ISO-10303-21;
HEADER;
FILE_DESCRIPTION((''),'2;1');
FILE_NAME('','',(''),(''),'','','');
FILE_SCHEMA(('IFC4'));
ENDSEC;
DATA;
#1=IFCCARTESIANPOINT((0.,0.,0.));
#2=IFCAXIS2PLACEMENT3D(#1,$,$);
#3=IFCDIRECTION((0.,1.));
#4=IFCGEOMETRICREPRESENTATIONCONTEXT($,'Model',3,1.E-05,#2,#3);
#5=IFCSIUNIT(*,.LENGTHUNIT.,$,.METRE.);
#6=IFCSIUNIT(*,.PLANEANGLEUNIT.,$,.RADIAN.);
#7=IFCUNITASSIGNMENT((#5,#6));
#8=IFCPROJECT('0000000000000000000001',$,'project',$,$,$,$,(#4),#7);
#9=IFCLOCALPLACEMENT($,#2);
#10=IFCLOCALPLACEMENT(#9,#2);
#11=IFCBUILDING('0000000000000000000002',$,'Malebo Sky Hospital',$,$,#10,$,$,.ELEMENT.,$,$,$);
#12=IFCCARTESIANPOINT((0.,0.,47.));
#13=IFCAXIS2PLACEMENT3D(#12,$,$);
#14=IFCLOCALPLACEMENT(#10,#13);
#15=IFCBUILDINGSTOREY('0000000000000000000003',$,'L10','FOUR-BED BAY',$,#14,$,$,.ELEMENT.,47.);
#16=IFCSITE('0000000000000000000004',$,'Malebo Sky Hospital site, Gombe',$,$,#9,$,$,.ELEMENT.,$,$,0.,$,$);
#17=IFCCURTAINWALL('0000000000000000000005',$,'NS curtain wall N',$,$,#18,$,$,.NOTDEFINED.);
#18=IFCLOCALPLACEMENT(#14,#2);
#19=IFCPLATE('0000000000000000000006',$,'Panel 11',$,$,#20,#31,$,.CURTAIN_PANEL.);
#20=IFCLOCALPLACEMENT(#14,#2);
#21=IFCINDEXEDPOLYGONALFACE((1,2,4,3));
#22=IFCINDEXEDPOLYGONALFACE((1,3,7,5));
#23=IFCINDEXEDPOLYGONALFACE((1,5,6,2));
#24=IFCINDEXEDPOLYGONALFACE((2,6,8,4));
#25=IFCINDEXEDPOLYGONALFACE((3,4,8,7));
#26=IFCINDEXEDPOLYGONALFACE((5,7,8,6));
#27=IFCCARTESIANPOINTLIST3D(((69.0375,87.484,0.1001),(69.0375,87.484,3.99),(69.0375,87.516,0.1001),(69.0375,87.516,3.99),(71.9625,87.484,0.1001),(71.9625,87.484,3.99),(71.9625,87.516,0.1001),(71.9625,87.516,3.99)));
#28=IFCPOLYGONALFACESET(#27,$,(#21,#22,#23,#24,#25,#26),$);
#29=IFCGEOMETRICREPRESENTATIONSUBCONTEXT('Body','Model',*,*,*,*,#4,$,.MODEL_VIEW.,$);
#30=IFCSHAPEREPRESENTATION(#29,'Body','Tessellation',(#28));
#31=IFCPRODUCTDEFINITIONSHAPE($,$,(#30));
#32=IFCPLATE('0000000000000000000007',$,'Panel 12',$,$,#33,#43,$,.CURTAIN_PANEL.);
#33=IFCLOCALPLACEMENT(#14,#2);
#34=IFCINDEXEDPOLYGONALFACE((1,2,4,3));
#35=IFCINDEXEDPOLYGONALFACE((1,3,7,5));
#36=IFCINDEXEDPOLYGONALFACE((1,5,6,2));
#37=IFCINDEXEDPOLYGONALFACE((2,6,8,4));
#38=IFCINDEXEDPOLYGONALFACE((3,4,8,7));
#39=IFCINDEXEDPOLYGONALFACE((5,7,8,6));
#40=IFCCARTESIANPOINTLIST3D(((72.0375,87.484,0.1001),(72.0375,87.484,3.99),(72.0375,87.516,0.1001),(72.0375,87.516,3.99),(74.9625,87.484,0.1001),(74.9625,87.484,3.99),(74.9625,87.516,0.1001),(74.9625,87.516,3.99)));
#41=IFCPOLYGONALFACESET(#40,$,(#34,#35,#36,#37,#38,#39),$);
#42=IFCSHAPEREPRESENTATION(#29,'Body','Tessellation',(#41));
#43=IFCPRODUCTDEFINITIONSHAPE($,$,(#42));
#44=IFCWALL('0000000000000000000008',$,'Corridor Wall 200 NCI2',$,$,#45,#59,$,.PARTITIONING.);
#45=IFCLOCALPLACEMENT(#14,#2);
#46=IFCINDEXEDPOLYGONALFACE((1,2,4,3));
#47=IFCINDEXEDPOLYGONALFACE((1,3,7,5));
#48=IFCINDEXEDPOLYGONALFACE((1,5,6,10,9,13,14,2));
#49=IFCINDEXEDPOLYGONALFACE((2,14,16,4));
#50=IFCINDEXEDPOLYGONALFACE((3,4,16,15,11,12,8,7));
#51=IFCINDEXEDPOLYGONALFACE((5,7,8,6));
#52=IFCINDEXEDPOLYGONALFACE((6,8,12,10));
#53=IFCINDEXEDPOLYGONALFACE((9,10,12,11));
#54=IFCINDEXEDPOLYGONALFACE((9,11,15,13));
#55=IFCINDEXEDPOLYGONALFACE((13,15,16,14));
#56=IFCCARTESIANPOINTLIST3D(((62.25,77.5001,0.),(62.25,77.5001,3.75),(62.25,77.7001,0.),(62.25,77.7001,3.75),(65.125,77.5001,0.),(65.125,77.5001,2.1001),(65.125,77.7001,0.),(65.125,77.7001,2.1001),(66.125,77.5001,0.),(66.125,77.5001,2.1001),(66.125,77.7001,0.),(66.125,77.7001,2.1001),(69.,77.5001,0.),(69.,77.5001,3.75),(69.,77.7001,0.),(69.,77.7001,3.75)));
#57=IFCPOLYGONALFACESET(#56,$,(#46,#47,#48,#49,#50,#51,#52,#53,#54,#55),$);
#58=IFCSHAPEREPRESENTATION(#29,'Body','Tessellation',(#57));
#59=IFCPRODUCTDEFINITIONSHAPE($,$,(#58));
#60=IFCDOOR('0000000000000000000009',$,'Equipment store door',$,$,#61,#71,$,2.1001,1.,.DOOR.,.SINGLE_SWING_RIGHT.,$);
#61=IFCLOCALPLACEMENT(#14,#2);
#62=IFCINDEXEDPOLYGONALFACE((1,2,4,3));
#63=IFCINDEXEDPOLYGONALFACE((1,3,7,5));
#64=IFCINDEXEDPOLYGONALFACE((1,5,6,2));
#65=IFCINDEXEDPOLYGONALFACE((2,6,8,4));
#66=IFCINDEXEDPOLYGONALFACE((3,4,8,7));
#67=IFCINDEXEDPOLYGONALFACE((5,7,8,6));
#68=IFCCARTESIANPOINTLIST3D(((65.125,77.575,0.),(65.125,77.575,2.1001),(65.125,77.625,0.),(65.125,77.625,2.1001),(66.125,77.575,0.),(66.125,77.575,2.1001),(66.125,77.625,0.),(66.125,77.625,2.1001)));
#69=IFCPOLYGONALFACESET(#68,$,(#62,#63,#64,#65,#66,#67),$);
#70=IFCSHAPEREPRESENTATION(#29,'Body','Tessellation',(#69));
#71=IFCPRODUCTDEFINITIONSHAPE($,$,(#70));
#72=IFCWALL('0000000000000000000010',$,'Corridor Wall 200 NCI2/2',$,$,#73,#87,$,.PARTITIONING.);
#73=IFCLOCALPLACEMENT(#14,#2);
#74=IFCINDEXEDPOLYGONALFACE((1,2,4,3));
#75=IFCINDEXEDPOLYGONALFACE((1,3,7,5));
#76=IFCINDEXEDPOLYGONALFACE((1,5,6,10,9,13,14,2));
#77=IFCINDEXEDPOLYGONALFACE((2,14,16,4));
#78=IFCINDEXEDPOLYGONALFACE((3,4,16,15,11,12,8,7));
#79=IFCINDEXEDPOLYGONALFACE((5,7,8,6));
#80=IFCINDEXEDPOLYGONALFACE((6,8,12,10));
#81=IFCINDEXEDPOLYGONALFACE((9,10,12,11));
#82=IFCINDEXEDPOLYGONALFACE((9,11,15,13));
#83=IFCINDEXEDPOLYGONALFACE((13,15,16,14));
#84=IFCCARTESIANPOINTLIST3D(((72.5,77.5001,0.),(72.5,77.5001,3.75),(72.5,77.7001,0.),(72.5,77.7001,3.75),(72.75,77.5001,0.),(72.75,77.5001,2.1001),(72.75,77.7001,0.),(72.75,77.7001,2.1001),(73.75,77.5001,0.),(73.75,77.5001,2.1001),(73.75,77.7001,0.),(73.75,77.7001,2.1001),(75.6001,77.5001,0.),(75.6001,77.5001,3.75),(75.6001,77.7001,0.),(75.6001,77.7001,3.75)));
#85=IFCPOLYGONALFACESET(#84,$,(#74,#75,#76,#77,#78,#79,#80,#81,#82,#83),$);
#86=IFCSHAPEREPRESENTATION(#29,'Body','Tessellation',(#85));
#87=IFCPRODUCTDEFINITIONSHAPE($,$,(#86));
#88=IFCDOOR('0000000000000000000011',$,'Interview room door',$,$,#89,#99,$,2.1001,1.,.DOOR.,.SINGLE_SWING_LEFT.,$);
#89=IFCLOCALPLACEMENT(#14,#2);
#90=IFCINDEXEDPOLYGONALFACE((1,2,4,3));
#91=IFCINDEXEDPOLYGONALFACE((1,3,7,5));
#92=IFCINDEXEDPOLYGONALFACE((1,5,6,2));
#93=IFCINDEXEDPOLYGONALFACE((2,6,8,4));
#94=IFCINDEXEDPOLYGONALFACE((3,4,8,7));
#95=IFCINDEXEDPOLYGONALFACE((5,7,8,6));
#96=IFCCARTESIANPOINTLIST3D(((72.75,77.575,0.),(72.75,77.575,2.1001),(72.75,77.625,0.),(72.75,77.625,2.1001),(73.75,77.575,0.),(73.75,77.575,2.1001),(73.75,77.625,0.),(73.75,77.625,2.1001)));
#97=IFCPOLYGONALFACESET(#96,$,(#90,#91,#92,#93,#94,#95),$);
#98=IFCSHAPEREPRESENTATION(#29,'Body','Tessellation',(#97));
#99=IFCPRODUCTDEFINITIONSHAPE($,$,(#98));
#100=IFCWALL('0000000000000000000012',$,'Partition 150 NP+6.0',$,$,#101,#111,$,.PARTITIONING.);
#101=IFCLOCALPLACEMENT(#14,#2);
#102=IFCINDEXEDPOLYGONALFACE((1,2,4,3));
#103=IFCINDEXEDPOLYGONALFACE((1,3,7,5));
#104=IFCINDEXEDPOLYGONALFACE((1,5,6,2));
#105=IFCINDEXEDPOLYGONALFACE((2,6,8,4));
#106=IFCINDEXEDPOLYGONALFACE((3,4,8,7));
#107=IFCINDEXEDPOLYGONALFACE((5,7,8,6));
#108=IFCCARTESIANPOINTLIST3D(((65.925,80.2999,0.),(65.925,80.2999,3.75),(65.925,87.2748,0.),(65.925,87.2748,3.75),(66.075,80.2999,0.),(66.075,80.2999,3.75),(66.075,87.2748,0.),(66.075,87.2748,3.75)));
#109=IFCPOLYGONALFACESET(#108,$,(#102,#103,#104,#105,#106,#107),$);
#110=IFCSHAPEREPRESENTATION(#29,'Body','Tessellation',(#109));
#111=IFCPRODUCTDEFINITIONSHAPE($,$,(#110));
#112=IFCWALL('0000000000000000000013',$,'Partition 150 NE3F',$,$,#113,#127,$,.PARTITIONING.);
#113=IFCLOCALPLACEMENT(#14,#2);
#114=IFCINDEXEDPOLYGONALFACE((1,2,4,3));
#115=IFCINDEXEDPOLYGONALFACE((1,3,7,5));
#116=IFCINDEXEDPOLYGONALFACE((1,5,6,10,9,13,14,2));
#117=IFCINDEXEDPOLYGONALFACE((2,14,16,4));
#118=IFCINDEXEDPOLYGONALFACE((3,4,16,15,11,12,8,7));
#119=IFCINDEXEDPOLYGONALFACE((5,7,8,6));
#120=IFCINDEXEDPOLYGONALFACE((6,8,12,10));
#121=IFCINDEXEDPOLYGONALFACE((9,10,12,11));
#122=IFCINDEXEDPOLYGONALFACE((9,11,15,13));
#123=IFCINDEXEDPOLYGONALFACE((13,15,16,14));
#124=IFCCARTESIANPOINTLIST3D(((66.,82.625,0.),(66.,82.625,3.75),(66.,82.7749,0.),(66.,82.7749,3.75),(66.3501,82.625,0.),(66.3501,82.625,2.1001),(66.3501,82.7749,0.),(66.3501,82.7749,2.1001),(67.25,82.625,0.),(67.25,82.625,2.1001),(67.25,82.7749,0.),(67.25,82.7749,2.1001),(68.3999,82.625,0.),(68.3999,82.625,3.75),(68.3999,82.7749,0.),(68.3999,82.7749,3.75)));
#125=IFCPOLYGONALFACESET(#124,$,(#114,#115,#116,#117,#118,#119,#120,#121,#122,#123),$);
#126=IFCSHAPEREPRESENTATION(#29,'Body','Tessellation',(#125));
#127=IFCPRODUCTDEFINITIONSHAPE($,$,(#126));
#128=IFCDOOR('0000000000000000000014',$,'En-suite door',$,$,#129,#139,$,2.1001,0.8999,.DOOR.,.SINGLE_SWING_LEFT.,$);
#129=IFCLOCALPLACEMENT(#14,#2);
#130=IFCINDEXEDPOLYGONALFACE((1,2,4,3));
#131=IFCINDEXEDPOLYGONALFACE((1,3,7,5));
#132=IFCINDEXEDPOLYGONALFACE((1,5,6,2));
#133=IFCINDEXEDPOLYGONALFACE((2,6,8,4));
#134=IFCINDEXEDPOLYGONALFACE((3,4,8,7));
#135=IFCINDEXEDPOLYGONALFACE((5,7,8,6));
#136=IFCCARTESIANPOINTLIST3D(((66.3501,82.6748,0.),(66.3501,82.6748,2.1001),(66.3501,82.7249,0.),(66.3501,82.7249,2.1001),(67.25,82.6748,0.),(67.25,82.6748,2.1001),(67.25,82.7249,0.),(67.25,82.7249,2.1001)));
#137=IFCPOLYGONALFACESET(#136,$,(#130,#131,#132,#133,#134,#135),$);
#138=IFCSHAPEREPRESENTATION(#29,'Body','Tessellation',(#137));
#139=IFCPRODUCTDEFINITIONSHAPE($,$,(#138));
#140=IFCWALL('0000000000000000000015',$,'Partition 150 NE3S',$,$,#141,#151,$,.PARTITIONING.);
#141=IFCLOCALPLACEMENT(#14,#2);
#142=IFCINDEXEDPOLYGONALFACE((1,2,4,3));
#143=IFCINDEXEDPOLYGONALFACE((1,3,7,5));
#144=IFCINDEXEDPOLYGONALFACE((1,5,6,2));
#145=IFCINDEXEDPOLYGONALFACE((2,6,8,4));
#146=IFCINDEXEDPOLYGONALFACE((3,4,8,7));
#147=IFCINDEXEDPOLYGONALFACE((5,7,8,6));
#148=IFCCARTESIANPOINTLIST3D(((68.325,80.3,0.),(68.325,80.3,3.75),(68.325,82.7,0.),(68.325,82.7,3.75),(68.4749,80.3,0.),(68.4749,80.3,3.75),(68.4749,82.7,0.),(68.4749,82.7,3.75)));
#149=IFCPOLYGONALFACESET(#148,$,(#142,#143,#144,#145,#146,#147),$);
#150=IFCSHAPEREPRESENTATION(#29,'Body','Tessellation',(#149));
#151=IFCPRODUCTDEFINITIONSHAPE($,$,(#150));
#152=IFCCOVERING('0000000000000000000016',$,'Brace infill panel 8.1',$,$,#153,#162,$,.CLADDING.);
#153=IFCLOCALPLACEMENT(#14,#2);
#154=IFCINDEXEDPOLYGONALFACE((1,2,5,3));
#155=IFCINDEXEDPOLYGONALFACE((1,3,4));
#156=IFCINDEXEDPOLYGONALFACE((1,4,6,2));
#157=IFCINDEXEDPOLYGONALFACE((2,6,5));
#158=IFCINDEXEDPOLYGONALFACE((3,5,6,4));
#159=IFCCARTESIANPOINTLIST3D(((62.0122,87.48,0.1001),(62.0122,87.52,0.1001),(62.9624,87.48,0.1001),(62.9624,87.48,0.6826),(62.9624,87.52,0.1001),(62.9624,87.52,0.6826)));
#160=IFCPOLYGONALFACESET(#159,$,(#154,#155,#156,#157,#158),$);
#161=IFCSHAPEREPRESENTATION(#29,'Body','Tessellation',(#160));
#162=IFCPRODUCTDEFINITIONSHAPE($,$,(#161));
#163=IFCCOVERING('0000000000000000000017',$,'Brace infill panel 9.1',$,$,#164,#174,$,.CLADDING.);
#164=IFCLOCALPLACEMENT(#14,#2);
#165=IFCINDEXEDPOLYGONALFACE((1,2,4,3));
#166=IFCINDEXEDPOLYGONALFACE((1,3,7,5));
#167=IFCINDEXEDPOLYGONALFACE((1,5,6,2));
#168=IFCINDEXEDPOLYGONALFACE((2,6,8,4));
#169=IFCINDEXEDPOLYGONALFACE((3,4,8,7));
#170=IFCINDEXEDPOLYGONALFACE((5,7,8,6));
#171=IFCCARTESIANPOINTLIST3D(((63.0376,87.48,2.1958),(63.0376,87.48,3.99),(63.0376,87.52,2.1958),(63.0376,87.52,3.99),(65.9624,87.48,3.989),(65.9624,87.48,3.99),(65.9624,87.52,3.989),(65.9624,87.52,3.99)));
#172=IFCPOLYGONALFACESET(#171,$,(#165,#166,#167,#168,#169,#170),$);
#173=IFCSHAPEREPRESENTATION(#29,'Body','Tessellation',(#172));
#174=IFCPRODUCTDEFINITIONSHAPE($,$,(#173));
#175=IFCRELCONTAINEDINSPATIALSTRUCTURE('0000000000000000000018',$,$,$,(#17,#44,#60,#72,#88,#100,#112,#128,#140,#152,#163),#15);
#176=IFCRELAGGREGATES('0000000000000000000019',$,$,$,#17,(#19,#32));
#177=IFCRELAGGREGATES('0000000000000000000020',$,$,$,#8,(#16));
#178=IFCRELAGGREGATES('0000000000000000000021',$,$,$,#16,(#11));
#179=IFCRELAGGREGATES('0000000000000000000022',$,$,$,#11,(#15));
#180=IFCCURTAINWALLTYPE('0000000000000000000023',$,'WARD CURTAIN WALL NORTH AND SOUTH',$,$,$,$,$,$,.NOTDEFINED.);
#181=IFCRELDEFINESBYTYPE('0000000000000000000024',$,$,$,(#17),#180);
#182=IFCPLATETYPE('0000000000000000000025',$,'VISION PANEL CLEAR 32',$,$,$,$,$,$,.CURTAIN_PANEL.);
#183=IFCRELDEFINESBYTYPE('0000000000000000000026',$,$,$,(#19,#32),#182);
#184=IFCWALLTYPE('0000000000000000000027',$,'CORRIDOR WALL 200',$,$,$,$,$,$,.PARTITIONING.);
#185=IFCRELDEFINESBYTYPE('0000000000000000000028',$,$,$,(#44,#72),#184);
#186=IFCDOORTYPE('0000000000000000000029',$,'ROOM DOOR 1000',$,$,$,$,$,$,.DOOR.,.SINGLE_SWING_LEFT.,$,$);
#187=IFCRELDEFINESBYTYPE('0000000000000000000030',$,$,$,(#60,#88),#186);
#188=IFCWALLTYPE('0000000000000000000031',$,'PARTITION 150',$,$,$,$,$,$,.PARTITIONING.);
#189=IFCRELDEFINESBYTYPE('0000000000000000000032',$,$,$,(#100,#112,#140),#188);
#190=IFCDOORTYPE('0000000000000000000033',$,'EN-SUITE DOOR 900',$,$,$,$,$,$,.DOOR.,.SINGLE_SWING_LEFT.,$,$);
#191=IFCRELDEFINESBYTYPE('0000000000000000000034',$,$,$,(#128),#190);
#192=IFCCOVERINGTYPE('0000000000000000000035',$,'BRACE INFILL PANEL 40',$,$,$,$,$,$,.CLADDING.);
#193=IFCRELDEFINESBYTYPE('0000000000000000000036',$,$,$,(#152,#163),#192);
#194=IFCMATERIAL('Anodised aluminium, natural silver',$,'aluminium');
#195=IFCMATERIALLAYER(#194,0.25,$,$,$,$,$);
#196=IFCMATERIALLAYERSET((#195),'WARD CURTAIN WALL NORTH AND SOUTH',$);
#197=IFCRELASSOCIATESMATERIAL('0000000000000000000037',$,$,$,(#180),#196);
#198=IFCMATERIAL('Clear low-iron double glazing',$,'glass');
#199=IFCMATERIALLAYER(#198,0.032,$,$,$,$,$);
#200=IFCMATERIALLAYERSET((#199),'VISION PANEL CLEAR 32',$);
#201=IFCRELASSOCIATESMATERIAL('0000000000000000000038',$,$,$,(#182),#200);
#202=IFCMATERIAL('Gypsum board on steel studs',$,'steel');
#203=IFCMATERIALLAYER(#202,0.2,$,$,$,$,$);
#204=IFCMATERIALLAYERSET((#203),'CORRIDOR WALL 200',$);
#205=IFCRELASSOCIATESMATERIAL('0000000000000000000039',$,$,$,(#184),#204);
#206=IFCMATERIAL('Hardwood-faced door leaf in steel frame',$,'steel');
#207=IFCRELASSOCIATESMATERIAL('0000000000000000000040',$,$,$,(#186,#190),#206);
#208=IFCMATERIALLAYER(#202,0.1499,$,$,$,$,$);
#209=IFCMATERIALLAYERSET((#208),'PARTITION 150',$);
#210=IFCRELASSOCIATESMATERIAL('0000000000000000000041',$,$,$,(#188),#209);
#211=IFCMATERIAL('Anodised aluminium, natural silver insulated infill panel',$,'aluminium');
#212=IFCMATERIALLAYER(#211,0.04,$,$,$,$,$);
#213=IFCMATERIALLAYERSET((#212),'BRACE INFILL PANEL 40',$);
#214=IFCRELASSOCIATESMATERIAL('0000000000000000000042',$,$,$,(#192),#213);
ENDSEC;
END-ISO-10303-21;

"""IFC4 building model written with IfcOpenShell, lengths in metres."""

from ifc_helpers import new_model, si_unit, direction, frame, frame_2d, origin, origin_2d, place, context, subcontext, project, spatial, polyline, rectangle, outline, extrude, material, layer, layer_set, type_object, element, fill, aggregate, save


model = new_model("IFC4")

# Units and contexts
model_context = context("Model", 3, precision=1e-05, world=origin(), true_north=direction((0.0, 1.0)))
body_context = subcontext(model_context, "Body", "Model", "MODEL_VIEW")
ifc_project = project(units=[si_unit("LENGTHUNIT", "METRE"), si_unit("PLANEANGLEUNIT", "RADIAN")], contexts=[model_context])

# Site, building, storey
site_placement = place(None, origin())
site = spatial("IfcSite", under=ifc_project, at=site_placement, Name="Malebo Sky Hospital site, Gombe", CompositionType="ELEMENT", RefElevation=0.0)
building_placement = place(site_placement, origin())
building = spatial("IfcBuilding", under=site, at=building_placement, Name="Malebo Sky Hospital", CompositionType="ELEMENT")
storey_placement = place(building_placement, frame((0.0, 0.0, 47.0)))
storey = spatial("IfcBuildingStorey", under=building, at=storey_placement, Name="L10", Description="FOUR-BED BAY", CompositionType="ELEMENT", Elevation=47.0)

# Curtain wall
ifc_material_1 = material(Name="Anodised aluminium, natural silver", Category="aluminium")
ifc_layer_1 = layer(ifc_material_1, 0.25)
ifc_layer_set_1 = layer_set([ifc_layer_1], Name="WARD CURTAIN WALL NORTH AND SOUTH")
curtain_wall_type = type_object("IfcCurtainWallType", Name="WARD CURTAIN WALL NORTH AND SOUTH", PredefinedType="NOTDEFINED", material=ifc_layer_set_1)
curtain_wall_placement = place(storey_placement, origin())
curtain_wall = element("IfcCurtainWall", 1, at=curtain_wall_placement, inside=storey, type_object=curtain_wall_type, Name="NS curtain wall N", PredefinedType="NOTDEFINED")

# Plates
ifc_material_2 = material(Name="Clear low-iron double glazing", Category="glass")
ifc_layer_2 = layer(ifc_material_2, 0.032)
ifc_layer_set_2 = layer_set([ifc_layer_2], Name="VISION PANEL CLEAR 32")
plate_type = type_object("IfcPlateType", Name="VISION PANEL CLEAR 32", PredefinedType="CURTAIN_PANEL", material=ifc_layer_set_2)
plate_1_placement = place(storey_placement, frame((70.5, 87.5, 0.1001), z_axis=(0.0, 0.0, 1.0), x_axis=(1.0, 0.0, 0.0)))
plate_1 = element("IfcPlate", 2, at=plate_1_placement, type_object=plate_type, Name="Panel 11", PredefinedType="CURTAIN_PANEL", context=body_context, shape_type="SweptSolid", body=[
    extrude(rectangle(XDim=2.925, YDim=0.032, at=origin_2d()), origin(), (0.0, 0.0, 1.0), 3.8899),
])
plate_2_placement = place(storey_placement, frame((73.5, 87.5, 0.1001), z_axis=(0.0, 0.0, 1.0), x_axis=(1.0, 0.0, 0.0)))
plate_2 = element("IfcPlate", 3, at=plate_2_placement, type_object=plate_type, Name="Panel 12", PredefinedType="CURTAIN_PANEL", context=body_context, shape_type="SweptSolid", body=[
    extrude(rectangle(XDim=2.925, YDim=0.032, at=origin_2d()), origin(), (0.0, 0.0, 1.0), 3.8899),
])
aggregate(curtain_wall, [plate_1, plate_2])

# Walls, openings, doors
ifc_material_3 = material(Name="Gypsum board on steel studs", Category="steel")
ifc_layer_3 = layer(ifc_material_3, 0.2)
ifc_layer_set_3 = layer_set([ifc_layer_3], Name="CORRIDOR WALL 200")
wall_type_1 = type_object("IfcWallType", Name="CORRIDOR WALL 200", PredefinedType="PARTITIONING", material=ifc_layer_set_3)
wall_1_placement = place(storey_placement, frame((62.25, 77.6001, 0.0), z_axis=(0.0, 0.0, 1.0), x_axis=(1.0, 0.0, 0.0)))
wall_1 = element("IfcWall", 4, at=wall_1_placement, inside=storey, type_object=wall_type_1, Name="Corridor Wall 200 NCI2", PredefinedType="PARTITIONING", context=body_context, shape_type="SweptSolid", body=[
    extrude(rectangle(XDim=6.75, YDim=0.2, at=frame_2d((3.375, 0.0))), origin(), (0.0, 0.0, 1.0), 3.75),
])
opening_1_placement = place(wall_1_placement, frame((2.875, 0.0, 0.0)))
opening_1 = element("IfcOpeningElement", 5, at=opening_1_placement, cuts=wall_1, PredefinedType="OPENING", context=body_context, shape_type="SweptSolid", body=[
    extrude(rectangle(XDim=1.0, YDim=2.1001, at=frame_2d((0.5, 1.05))), frame((0.0, 0.1099, 0.0), z_axis=(0.0, -1.0, 0.0), x_axis=(1.0, 0.0, 0.0)), (0.0, 0.0, 1.0), 0.22),
])
ifc_material_4 = material(Name="Hardwood-faced door leaf in steel frame", Category="steel")
door_type_1 = type_object("IfcDoorType", Name="ROOM DOOR 1000", OperationType="SINGLE_SWING_LEFT", PredefinedType="DOOR", material=ifc_material_4)
door_1_placement = place(opening_1_placement, origin())
door_1 = element("IfcDoor", 6, at=door_1_placement, inside=storey, type_object=door_type_1, Name="Equipment store door", OperationType="SINGLE_SWING_RIGHT", OverallHeight=2.1001, OverallWidth=1.0, PredefinedType="DOOR", context=body_context, shape_type="SweptSolid", body=[
    extrude(rectangle(XDim=1.0, YDim=2.1001, at=frame_2d((0.5, 1.05))), frame((0.0, 0.0249, 0.0), z_axis=(0.0, -1.0, 0.0), x_axis=(1.0, 0.0, 0.0)), (0.0, 0.0, 1.0), 0.05),
])
fill(opening_1, door_1)
wall_2_placement = place(storey_placement, frame((72.5, 77.6001, 0.0), z_axis=(0.0, 0.0, 1.0), x_axis=(1.0, 0.0, 0.0)))
wall_2 = element("IfcWall", 7, at=wall_2_placement, inside=storey, type_object=wall_type_1, Name="Corridor Wall 200 NCI2/2", PredefinedType="PARTITIONING", context=body_context, shape_type="SweptSolid", body=[
    extrude(rectangle(XDim=3.1001, YDim=0.2, at=frame_2d((1.55, 0.0))), origin(), (0.0, 0.0, 1.0), 3.75),
])
opening_2_placement = place(wall_2_placement, frame((0.25, 0.0, 0.0)))
opening_2 = element("IfcOpeningElement", 8, at=opening_2_placement, cuts=wall_2, PredefinedType="OPENING", context=body_context, shape_type="SweptSolid", body=[
    extrude(rectangle(XDim=1.0, YDim=2.1001, at=frame_2d((0.5, 1.05))), frame((0.0, 0.1099, 0.0), z_axis=(0.0, -1.0, 0.0), x_axis=(1.0, 0.0, 0.0)), (0.0, 0.0, 1.0), 0.22),
])
door_2_placement = place(opening_2_placement, origin())
door_2 = element("IfcDoor", 9, at=door_2_placement, inside=storey, type_object=door_type_1, Name="Interview room door", OperationType="SINGLE_SWING_LEFT", OverallHeight=2.1001, OverallWidth=1.0, PredefinedType="DOOR", context=body_context, shape_type="SweptSolid", body=[
    extrude(rectangle(XDim=1.0, YDim=2.1001, at=frame_2d((0.5, 1.05))), frame((0.0, 0.0249, 0.0), z_axis=(0.0, -1.0, 0.0), x_axis=(1.0, 0.0, 0.0)), (0.0, 0.0, 1.0), 0.05),
])
fill(opening_2, door_2)

# Wall
ifc_layer_4 = layer(ifc_material_3, 0.1499)
ifc_layer_set_4 = layer_set([ifc_layer_4], Name="PARTITION 150")
wall_type_2 = type_object("IfcWallType", Name="PARTITION 150", PredefinedType="PARTITIONING", material=ifc_layer_set_4)
wall_3_placement = place(storey_placement, frame((66.0, 80.3, 0.0), z_axis=(0.0, 0.0, 1.0), x_axis=(0.0, 1.0, 0.0)))
element("IfcWall", 10, at=wall_3_placement, inside=storey, type_object=wall_type_2, Name="Partition 150 NP+6.0", PredefinedType="PARTITIONING", context=body_context, shape_type="SweptSolid", body=[
    extrude(rectangle(XDim=6.9749, YDim=0.1499, at=frame_2d((3.4873, 0.0))), origin(), (0.0, 0.0, 1.0), 3.75),
])

# Wall, opening, door
wall_4_placement = place(storey_placement, frame((66.0, 82.7, 0.0), z_axis=(0.0, 0.0, 1.0), x_axis=(1.0, 0.0, 0.0)))
wall_4 = element("IfcWall", 11, at=wall_4_placement, inside=storey, type_object=wall_type_2, Name="Partition 150 NE3F", PredefinedType="PARTITIONING", context=body_context, shape_type="SweptSolid", body=[
    extrude(rectangle(XDim=2.3999, YDim=0.1499, at=frame_2d((1.2, 0.0))), origin(), (0.0, 0.0, 1.0), 3.75),
])
opening_3_placement = place(wall_4_placement, frame((0.3501, 0.0, 0.0)))
opening_3 = element("IfcOpeningElement", 12, at=opening_3_placement, cuts=wall_4, PredefinedType="OPENING", context=body_context, shape_type="SweptSolid", body=[
    extrude(rectangle(XDim=0.8999, YDim=2.1001, at=frame_2d((0.45, 1.05))), frame((0.0, 0.085, 0.0), z_axis=(0.0, -1.0, 0.0), x_axis=(1.0, 0.0, 0.0)), (0.0, 0.0, 1.0), 0.1699),
])
door_type_2 = type_object("IfcDoorType", Name="EN-SUITE DOOR 900", OperationType="SINGLE_SWING_LEFT", PredefinedType="DOOR", material=ifc_material_4)
door_3_placement = place(opening_3_placement, origin())
door_3 = element("IfcDoor", 13, at=door_3_placement, inside=storey, type_object=door_type_2, Name="En-suite door", OperationType="SINGLE_SWING_LEFT", OverallHeight=2.1001, OverallWidth=0.8999, PredefinedType="DOOR", context=body_context, shape_type="SweptSolid", body=[
    extrude(rectangle(XDim=0.8999, YDim=2.1001, at=frame_2d((0.45, 1.05))), frame((0.0, 0.0249, 0.0), z_axis=(0.0, -1.0, 0.0), x_axis=(1.0, 0.0, 0.0)), (0.0, 0.0, 1.0), 0.05),
])
fill(opening_3, door_3)

# Wall
wall_5_placement = place(storey_placement, frame((68.3999, 80.3, 0.0), z_axis=(0.0, 0.0, 1.0), x_axis=(0.0, 1.0, 0.0)))
element("IfcWall", 14, at=wall_5_placement, inside=storey, type_object=wall_type_2, Name="Partition 150 NE3S", PredefinedType="PARTITIONING", context=body_context, shape_type="SweptSolid", body=[
    extrude(rectangle(XDim=2.3999, YDim=0.1499, at=frame_2d((1.2, 0.0))), origin(), (0.0, 0.0, 1.0), 3.75),
])

# Coverings
ifc_material_5 = material(Name="Anodised aluminium, natural silver insulated infill panel", Category="aluminium")
ifc_layer_5 = layer(ifc_material_5, 0.04)
ifc_layer_set_5 = layer_set([ifc_layer_5], Name="BRACE INFILL PANEL 40")
covering_type = type_object("IfcCoveringType", Name="BRACE INFILL PANEL 40", PredefinedType="CLADDING", material=ifc_layer_set_5)
covering_1_placement = place(storey_placement, frame((62.4873, 87.5, 0.1001), z_axis=(0.0, 0.0, 1.0), x_axis=(1.0, 0.0, 0.0)))
element("IfcCovering", 15, at=covering_1_placement, inside=storey, type_object=covering_type, Name="Brace infill panel 8.1", PredefinedType="CLADDING", context=body_context, shape_type="SweptSolid", body=[
    extrude(outline(polyline([(-0.4751, 0.0), (0.4751, 0.0), (0.4751, 0.5825), (-0.4751, 0.0)])), frame((0.0, 0.02, 0.0), z_axis=(0.0, -1.0, 0.0), x_axis=(1.0, 0.0, 0.0)), (0.0, 0.0, 1.0), 0.04),
])
covering_2_placement = place(storey_placement, frame((64.5, 87.5, 2.1958), z_axis=(0.0, 0.0, 1.0), x_axis=(1.0, 0.0, 0.0)))
element("IfcCovering", 16, at=covering_2_placement, inside=storey, type_object=covering_type, Name="Brace infill panel 9.1", PredefinedType="CLADDING", context=body_context, shape_type="SweptSolid", body=[
    extrude(outline(polyline([(-1.4624, 0.0), (1.4624, 1.7932), (1.4624, 1.7942), (-1.4624, 1.7942), (-1.4624, 0.0)])), frame((0.0, 0.02, 0.0), z_axis=(0.0, -1.0, 0.0), x_axis=(1.0, 0.0, 0.0)), (0.0, 0.0, 1.0), 0.04),
])

save(model, "model.ifc")
